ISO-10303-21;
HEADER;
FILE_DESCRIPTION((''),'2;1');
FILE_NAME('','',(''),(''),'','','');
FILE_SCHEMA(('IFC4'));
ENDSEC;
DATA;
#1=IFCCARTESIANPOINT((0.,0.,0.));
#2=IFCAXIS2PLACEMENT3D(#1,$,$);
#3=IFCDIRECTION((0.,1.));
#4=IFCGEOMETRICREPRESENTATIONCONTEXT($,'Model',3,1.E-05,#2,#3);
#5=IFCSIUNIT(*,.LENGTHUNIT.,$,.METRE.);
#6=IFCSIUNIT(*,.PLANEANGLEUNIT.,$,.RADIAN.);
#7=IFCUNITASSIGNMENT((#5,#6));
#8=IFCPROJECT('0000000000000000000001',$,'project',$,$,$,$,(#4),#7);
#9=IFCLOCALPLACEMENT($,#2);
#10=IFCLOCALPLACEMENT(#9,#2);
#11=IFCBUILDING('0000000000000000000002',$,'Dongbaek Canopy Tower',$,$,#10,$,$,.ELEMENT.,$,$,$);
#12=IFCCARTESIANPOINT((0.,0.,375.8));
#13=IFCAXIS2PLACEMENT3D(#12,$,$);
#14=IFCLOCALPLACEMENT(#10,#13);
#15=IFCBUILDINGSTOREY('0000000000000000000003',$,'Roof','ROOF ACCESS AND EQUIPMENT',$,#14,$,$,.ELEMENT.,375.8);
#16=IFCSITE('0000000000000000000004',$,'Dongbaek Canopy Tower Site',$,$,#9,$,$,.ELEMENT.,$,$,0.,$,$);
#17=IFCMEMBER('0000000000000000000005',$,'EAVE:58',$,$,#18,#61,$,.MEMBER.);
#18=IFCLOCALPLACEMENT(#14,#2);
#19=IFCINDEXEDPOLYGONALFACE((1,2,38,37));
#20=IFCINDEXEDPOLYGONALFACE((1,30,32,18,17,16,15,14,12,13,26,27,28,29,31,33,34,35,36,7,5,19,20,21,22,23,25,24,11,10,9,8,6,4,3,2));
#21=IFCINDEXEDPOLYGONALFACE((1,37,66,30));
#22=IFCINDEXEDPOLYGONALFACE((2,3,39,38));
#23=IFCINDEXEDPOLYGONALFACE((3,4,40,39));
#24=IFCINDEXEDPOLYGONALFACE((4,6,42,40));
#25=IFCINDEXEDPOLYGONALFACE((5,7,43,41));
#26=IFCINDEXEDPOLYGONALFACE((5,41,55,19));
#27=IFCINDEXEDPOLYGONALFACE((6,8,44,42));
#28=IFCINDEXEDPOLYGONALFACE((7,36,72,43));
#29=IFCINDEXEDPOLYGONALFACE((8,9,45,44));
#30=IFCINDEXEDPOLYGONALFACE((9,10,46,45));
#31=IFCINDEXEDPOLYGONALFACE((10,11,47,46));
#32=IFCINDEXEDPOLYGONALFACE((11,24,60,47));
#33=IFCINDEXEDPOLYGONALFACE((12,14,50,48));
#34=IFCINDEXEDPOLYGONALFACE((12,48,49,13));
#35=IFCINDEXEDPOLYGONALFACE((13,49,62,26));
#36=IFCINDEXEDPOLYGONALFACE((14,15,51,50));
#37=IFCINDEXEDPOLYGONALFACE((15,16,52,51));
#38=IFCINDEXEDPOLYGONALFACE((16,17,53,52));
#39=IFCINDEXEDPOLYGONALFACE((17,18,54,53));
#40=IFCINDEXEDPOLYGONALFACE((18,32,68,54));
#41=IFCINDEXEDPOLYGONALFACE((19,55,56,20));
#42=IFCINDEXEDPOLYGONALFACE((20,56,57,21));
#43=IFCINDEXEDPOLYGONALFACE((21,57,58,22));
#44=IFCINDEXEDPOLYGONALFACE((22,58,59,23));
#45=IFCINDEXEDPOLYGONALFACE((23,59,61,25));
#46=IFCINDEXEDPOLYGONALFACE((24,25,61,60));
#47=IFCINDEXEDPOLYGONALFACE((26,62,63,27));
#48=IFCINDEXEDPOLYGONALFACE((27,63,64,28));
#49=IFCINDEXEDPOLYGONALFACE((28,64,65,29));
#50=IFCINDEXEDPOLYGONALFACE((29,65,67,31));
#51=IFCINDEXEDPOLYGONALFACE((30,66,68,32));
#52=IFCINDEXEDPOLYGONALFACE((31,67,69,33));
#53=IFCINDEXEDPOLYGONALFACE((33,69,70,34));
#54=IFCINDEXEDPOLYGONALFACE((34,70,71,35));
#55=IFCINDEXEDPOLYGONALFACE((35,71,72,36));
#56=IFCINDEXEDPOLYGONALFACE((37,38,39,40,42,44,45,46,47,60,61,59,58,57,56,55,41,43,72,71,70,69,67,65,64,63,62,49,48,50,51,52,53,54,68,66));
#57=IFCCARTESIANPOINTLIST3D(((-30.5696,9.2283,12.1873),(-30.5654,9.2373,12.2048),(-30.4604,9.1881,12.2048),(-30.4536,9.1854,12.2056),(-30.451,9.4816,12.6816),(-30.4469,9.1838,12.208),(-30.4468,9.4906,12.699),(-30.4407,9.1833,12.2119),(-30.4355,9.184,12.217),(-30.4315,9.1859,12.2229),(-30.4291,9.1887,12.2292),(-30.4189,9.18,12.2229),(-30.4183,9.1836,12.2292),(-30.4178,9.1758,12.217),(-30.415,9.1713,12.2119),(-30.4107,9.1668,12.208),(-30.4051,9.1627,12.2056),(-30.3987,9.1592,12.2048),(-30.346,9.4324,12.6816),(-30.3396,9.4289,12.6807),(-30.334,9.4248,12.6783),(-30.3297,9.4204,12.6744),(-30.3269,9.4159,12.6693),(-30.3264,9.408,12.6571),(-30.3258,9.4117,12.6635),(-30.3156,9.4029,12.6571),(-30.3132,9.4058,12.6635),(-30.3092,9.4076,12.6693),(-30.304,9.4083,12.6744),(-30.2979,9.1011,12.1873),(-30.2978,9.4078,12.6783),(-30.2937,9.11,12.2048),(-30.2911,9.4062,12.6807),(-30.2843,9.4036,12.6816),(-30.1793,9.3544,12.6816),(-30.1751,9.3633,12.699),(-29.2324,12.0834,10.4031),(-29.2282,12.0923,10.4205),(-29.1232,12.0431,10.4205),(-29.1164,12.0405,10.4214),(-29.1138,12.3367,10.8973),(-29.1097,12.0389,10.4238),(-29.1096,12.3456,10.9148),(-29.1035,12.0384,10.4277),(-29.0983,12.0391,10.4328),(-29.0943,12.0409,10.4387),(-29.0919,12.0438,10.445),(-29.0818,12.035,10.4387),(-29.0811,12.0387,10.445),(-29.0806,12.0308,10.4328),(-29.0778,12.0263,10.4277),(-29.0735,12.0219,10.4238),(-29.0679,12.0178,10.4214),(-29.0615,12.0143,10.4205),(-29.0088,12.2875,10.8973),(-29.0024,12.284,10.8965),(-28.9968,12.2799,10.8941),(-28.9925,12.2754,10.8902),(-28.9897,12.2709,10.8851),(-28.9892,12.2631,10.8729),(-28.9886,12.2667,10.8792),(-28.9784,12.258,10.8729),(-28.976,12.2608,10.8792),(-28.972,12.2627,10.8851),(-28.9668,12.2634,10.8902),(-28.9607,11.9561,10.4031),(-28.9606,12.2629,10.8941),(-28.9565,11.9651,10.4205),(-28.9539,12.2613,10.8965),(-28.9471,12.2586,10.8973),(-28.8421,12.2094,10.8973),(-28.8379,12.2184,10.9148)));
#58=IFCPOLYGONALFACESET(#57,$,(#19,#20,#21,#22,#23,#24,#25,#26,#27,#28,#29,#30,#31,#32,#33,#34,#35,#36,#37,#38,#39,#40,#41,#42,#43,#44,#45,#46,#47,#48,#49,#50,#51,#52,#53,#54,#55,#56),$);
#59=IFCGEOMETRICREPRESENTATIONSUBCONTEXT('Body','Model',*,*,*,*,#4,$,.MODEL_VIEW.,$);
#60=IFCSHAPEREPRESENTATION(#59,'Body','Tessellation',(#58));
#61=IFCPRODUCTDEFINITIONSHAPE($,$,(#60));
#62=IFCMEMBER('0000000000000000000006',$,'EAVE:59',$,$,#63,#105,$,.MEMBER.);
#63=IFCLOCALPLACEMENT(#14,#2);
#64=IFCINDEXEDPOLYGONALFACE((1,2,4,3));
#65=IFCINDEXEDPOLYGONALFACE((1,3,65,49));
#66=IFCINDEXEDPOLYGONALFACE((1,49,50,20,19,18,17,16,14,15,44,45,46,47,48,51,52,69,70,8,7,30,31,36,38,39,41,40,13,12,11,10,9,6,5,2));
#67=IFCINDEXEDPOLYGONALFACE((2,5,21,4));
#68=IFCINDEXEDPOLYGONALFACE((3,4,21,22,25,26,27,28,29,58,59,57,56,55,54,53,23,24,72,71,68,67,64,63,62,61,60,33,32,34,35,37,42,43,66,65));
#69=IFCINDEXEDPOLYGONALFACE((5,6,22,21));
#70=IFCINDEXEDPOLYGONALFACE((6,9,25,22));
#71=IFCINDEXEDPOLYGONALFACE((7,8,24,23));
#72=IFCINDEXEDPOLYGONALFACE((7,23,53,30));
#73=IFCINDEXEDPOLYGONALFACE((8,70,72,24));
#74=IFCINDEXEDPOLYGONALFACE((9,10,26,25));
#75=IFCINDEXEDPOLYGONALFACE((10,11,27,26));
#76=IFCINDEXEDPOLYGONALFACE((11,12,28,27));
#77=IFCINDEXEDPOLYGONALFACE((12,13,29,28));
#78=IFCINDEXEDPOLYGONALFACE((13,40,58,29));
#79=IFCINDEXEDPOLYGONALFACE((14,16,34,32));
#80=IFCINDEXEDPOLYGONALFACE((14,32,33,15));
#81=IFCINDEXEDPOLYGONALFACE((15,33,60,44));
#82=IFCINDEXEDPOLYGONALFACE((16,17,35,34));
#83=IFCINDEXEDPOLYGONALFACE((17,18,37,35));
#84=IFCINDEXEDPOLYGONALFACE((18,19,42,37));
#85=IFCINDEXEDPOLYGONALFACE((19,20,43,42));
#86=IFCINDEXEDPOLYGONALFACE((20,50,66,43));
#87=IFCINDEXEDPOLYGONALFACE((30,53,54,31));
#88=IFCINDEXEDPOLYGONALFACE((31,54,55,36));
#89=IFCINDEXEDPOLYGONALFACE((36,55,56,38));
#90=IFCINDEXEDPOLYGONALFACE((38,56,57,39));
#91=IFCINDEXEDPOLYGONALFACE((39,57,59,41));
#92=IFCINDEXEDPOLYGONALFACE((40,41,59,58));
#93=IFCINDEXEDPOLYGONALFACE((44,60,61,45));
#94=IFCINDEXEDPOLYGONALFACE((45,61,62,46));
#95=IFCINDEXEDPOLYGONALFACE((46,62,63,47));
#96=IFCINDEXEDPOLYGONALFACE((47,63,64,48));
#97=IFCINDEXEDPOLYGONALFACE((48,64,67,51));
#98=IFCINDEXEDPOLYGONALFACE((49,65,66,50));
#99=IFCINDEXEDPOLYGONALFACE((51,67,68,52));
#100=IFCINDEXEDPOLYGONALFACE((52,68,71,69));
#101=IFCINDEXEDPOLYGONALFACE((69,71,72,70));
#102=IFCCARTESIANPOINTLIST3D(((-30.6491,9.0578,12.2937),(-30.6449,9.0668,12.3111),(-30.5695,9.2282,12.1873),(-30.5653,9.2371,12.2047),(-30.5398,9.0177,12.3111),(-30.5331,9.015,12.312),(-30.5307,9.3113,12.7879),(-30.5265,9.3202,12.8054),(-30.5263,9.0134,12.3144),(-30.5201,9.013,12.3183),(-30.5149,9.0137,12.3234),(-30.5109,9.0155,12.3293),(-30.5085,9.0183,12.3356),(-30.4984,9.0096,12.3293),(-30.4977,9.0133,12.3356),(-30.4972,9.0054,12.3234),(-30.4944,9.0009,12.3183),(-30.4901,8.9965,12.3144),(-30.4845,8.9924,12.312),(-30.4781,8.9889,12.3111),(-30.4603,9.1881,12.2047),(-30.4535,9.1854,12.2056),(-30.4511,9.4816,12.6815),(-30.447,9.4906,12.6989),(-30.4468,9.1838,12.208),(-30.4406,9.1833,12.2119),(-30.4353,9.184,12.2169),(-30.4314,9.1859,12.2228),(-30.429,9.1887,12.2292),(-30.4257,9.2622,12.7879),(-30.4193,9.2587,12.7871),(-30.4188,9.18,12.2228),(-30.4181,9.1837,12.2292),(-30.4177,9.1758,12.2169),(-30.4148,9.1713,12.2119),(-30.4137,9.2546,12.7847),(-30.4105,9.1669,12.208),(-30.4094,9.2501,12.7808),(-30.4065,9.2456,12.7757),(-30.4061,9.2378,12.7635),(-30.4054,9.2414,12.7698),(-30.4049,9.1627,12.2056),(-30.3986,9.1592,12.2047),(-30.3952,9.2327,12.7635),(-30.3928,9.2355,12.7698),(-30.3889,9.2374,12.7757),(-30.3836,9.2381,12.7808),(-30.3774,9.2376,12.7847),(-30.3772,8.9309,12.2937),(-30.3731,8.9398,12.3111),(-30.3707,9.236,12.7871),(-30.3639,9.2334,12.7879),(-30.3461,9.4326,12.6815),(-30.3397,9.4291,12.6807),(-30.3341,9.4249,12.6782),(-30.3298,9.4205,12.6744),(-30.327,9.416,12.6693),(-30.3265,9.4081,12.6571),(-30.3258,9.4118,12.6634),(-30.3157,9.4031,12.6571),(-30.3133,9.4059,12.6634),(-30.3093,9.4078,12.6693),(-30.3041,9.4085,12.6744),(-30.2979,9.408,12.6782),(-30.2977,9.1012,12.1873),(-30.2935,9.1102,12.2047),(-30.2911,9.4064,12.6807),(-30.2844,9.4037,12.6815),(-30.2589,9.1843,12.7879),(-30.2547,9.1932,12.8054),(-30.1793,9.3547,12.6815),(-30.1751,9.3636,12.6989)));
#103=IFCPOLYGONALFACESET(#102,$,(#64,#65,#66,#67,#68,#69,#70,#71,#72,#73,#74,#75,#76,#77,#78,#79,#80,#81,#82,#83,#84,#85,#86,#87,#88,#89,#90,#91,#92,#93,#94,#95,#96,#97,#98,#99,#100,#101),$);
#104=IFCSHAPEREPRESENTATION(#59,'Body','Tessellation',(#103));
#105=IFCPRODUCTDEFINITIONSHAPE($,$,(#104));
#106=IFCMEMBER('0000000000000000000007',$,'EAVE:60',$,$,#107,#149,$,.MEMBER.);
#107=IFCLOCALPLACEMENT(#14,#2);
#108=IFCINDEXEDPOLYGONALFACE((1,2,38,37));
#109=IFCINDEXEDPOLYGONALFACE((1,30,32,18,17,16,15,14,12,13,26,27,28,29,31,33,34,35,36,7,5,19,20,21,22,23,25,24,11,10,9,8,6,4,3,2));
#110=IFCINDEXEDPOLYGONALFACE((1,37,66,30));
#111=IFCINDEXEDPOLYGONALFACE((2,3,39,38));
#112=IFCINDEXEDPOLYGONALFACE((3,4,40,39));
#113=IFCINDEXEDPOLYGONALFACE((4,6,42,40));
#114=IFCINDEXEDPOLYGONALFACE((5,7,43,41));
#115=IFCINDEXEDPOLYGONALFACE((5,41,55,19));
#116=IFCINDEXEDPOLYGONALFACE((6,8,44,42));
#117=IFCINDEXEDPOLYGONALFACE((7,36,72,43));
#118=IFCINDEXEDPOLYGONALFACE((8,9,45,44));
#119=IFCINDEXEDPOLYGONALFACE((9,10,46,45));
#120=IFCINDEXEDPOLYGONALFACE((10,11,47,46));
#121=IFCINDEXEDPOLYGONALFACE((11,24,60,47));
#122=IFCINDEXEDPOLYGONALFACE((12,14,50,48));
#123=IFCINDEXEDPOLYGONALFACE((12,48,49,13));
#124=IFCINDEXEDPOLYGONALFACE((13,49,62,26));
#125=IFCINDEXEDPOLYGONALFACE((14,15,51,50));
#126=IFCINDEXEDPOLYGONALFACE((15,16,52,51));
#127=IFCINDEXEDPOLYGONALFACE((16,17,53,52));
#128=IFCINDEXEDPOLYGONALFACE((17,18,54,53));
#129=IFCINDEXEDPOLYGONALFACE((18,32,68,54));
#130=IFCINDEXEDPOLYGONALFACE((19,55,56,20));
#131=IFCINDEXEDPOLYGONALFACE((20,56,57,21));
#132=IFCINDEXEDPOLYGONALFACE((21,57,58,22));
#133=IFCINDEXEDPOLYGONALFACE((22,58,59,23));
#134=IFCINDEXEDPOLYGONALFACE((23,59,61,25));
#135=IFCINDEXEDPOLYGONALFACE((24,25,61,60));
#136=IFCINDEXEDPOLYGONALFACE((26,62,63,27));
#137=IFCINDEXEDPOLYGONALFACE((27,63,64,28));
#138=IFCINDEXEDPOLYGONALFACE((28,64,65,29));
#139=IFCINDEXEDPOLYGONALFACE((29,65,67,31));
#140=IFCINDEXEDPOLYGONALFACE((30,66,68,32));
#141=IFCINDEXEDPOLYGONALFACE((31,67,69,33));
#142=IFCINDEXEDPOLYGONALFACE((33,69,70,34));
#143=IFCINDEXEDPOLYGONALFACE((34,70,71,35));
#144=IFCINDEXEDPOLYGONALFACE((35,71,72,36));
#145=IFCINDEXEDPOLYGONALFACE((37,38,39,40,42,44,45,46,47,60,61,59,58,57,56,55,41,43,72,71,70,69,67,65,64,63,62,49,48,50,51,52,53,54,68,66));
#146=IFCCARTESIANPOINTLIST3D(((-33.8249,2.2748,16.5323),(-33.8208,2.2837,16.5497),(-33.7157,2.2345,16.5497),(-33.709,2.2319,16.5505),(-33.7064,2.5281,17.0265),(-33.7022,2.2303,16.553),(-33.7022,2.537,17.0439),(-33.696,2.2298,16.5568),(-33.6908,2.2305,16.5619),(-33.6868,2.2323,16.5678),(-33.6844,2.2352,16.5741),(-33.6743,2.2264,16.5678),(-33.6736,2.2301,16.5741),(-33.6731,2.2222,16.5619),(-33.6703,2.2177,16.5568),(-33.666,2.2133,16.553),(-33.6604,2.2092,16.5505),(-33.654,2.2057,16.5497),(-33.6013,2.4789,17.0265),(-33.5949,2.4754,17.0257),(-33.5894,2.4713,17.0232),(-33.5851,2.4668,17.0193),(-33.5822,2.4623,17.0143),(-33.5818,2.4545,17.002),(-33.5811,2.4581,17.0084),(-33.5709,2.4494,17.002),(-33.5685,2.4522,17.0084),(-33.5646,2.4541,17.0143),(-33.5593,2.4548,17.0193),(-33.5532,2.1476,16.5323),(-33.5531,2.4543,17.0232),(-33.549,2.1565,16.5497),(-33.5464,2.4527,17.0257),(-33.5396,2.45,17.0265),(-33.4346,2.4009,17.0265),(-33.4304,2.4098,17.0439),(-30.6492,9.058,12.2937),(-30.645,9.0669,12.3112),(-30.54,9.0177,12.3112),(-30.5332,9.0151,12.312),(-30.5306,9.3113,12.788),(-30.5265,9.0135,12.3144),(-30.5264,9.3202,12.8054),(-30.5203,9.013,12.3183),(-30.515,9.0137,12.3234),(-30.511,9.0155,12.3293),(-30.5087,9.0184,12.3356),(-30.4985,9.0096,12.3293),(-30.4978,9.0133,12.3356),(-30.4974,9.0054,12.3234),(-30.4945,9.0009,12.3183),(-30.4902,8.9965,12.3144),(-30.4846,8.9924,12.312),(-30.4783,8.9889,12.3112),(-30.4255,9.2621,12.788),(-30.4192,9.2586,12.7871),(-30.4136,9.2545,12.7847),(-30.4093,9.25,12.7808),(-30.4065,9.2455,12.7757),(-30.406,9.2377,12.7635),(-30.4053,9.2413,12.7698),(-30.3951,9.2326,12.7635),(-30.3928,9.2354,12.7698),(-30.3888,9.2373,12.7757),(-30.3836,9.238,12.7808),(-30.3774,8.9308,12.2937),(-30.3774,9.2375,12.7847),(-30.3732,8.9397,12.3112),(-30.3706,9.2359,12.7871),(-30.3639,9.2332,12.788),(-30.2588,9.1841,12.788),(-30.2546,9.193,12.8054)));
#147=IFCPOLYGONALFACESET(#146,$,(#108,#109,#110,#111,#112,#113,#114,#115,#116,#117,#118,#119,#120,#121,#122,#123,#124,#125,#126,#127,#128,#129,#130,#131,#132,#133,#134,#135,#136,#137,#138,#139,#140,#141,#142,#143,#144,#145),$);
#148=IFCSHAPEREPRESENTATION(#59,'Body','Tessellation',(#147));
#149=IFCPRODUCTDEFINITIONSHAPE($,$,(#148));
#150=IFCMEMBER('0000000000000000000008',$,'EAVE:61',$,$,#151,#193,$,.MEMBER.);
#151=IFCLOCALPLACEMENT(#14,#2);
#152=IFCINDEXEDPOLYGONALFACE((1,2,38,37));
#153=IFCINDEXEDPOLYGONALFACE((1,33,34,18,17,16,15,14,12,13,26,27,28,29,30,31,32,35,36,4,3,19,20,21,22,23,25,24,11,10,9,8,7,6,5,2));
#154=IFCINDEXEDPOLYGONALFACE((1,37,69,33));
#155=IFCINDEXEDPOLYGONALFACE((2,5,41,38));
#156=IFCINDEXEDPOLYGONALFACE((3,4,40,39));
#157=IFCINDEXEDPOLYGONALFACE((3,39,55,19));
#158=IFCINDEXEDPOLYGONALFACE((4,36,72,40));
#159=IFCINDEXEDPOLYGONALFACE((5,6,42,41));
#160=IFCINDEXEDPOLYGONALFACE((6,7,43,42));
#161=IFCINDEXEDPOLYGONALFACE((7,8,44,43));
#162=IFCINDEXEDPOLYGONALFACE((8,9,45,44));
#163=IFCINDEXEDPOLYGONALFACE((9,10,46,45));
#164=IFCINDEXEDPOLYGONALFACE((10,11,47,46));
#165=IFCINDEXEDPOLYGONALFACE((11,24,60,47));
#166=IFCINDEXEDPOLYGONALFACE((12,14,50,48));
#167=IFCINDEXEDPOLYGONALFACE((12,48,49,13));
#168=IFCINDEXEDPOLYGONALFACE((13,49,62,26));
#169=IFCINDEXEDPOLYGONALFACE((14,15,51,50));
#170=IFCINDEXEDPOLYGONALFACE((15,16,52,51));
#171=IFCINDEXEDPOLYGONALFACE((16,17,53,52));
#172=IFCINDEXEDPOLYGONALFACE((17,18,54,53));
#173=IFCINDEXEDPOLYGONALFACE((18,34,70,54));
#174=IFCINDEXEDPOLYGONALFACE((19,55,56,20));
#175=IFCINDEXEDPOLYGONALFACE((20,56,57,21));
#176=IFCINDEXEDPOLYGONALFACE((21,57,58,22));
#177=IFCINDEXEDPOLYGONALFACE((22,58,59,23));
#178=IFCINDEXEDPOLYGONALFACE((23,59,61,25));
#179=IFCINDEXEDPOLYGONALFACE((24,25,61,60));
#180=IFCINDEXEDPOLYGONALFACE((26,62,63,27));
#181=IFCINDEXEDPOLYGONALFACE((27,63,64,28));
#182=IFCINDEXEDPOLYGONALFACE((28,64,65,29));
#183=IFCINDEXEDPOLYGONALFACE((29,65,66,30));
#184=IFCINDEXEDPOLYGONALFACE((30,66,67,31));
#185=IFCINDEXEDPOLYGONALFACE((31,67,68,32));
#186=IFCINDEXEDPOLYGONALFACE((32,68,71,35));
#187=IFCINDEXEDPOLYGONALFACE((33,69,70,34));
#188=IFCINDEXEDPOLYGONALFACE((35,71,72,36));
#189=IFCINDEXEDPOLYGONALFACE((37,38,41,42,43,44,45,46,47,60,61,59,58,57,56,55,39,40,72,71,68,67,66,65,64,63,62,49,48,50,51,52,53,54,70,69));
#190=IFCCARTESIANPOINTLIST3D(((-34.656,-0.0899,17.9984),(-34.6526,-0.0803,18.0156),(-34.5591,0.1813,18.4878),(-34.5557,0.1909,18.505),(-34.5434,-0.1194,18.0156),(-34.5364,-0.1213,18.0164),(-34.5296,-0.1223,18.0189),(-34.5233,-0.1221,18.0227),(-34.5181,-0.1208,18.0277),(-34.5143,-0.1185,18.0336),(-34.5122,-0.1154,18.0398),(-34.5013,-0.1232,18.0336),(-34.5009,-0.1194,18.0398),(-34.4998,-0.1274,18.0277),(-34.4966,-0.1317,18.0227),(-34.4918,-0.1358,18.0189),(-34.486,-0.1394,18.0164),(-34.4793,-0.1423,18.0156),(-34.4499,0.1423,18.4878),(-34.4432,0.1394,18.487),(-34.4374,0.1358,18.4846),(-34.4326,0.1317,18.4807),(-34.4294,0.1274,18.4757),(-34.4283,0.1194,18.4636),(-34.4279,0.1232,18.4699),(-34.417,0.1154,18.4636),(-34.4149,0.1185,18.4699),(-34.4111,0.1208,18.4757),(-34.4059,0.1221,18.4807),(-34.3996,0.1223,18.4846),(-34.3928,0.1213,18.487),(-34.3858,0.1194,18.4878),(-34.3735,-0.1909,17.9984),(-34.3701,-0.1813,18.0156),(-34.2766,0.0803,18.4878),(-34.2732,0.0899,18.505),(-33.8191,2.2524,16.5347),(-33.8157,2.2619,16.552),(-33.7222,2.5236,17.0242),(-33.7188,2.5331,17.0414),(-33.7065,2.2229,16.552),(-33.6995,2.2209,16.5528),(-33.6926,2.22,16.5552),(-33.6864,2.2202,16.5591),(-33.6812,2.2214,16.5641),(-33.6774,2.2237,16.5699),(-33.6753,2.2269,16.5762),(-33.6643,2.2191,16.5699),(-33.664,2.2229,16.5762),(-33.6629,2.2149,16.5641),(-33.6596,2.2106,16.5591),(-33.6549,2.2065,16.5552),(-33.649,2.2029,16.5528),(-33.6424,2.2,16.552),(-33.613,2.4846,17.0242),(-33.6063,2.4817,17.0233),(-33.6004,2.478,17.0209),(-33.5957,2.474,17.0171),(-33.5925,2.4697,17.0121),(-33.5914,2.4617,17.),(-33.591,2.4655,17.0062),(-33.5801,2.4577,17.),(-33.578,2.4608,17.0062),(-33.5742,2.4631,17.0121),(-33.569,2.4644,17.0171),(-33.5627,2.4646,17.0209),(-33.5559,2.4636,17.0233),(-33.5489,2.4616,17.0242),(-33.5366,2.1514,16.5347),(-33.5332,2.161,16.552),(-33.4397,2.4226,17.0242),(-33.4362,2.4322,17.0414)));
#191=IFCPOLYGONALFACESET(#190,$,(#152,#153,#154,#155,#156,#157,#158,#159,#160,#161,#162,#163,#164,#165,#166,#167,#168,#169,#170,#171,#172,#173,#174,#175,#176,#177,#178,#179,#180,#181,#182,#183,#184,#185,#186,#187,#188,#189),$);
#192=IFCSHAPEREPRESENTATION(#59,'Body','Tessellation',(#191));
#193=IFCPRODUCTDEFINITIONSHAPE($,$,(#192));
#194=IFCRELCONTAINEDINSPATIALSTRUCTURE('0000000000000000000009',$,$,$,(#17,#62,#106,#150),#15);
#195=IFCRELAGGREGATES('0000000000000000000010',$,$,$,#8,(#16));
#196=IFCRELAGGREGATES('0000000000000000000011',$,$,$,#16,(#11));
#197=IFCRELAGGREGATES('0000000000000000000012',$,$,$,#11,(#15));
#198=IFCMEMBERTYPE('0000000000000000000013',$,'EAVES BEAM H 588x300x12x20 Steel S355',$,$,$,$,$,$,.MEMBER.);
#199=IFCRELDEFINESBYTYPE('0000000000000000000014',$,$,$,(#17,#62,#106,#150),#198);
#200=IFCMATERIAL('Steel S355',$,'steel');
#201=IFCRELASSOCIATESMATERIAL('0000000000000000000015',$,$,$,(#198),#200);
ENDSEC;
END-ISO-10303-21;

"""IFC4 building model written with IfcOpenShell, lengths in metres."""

from ifc_helpers import new_model, si_unit, direction, frame, origin, origin_2d, place, context, subcontext, project, spatial, i_section, extrude, material, material_profile, profile_set, type_object, element, save


model = new_model("IFC4")

# Units and contexts
model_context = context("Model", 3, precision=1e-05, world=origin(), true_north=direction((0.0, 1.0)))
body_context = subcontext(model_context, "Body", "Model", "MODEL_VIEW")
ifc_project = project(units=[si_unit("LENGTHUNIT", "METRE"), si_unit("PLANEANGLEUNIT", "RADIAN")], contexts=[model_context])

# Site, building, storey
site_placement = place(None, origin())
site = spatial("IfcSite", under=ifc_project, at=site_placement, Name="Dongbaek Canopy Tower Site", CompositionType="ELEMENT", RefElevation=0.0)
building_placement = place(site_placement, origin())
building = spatial("IfcBuilding", under=site, at=building_placement, Name="Dongbaek Canopy Tower", CompositionType="ELEMENT")
storey_placement = place(building_placement, frame((0.0, 0.0, 375.8)))
storey = spatial("IfcBuildingStorey", under=building, at=storey_placement, Name="Roof", Description="ROOF ACCESS AND EQUIPMENT", CompositionType="ELEMENT", Elevation=375.8)

# Members
ifc_material_1 = material(Name="Steel S355", Category="steel")
ifc_material_profile_1 = material_profile(ifc_material_1, i_section(OverallWidth=0.3, OverallDepth=0.5879, WebThickness=0.012, FlangeThickness=0.02, FilletRadius=0.0281, at=origin_2d()), Name="EAVES BEAM H 588x300x12x20 Steel S355")
ifc_profile_set_1 = profile_set([ifc_material_profile_1], Name="Steel S355")
member_type_1 = type_object("IfcMemberType", Name="EAVES BEAM H 588x300x12x20 Steel S355", PredefinedType="MEMBER", material=ifc_profile_set_1)
member_1_placement = place(storey_placement, frame((-29.0352, 12.1509, 10.6589), z_axis=(-0.36913, -0.788133, 0.492533), x_axis=(0.905595, -0.424144, 0.0)))
element("IfcMember", 1, at=member_1_placement, inside=storey, type_object=member_type_1, Name="EAVE:58", PredefinedType="MEMBER", context=body_context, shape_type="SweptSolid", body=[
    extrude(i_section(OverallWidth=0.3, OverallDepth=0.5879, WebThickness=0.012, FlangeThickness=0.02, FilletRadius=0.0281, at=origin_2d()), origin(), (0.0, 0.0, 1.0), 3.6226),
])
member_2_placement = place(storey_placement, frame((-30.3723, 9.2959, 12.4431), z_axis=(-0.368279, -0.788524, 0.492545), x_axis=(0.90605, -0.42317, 0.0)))
element("IfcMember", 2, at=member_2_placement, inside=storey, type_object=member_type_1, Name="EAVE:59", PredefinedType="MEMBER", context=body_context, shape_type="SweptSolid", body=[
    extrude(i_section(OverallWidth=0.3, OverallDepth=0.5879, WebThickness=0.012, FlangeThickness=0.02, FilletRadius=0.0281, at=origin_2d()), origin(), (0.0, 0.0, 1.0), 0.2161),
])
member_3_placement = place(storey_placement, frame((-30.4519, 9.1255, 12.5496), z_axis=(-0.369021, -0.788198, 0.492511), x_axis=(0.905656, -0.424013, 0.0)))
element("IfcMember", 3, at=member_3_placement, inside=storey, type_object=member_type_1, Name="EAVE:60", PredefinedType="MEMBER", context=body_context, shape_type="SweptSolid", body=[
    extrude(i_section(OverallWidth=0.3, OverallDepth=0.5879, WebThickness=0.012, FlangeThickness=0.02, FilletRadius=0.0281, at=origin_2d()), origin(), (0.0, 0.0, 1.0), 8.606),
])
member_4_placement = place(storey_placement, frame((-33.6277, 2.3423, 16.7881), z_axis=(-0.289992, -0.811606, 0.507148), x_axis=(0.941693, -0.336473, 0.0)))
element("IfcMember", 4, at=member_4_placement, inside=storey, type_object=member_type_1, Name="EAVE:61", PredefinedType="MEMBER", context=body_context, shape_type="SweptSolid", body=[
    extrude(i_section(OverallWidth=0.3, OverallDepth=0.5879, WebThickness=0.012, FlangeThickness=0.02, FilletRadius=0.0281, at=origin_2d()), origin(), (0.0, 0.0, 1.0), 2.886),
])

save(model, "model.ifc")
